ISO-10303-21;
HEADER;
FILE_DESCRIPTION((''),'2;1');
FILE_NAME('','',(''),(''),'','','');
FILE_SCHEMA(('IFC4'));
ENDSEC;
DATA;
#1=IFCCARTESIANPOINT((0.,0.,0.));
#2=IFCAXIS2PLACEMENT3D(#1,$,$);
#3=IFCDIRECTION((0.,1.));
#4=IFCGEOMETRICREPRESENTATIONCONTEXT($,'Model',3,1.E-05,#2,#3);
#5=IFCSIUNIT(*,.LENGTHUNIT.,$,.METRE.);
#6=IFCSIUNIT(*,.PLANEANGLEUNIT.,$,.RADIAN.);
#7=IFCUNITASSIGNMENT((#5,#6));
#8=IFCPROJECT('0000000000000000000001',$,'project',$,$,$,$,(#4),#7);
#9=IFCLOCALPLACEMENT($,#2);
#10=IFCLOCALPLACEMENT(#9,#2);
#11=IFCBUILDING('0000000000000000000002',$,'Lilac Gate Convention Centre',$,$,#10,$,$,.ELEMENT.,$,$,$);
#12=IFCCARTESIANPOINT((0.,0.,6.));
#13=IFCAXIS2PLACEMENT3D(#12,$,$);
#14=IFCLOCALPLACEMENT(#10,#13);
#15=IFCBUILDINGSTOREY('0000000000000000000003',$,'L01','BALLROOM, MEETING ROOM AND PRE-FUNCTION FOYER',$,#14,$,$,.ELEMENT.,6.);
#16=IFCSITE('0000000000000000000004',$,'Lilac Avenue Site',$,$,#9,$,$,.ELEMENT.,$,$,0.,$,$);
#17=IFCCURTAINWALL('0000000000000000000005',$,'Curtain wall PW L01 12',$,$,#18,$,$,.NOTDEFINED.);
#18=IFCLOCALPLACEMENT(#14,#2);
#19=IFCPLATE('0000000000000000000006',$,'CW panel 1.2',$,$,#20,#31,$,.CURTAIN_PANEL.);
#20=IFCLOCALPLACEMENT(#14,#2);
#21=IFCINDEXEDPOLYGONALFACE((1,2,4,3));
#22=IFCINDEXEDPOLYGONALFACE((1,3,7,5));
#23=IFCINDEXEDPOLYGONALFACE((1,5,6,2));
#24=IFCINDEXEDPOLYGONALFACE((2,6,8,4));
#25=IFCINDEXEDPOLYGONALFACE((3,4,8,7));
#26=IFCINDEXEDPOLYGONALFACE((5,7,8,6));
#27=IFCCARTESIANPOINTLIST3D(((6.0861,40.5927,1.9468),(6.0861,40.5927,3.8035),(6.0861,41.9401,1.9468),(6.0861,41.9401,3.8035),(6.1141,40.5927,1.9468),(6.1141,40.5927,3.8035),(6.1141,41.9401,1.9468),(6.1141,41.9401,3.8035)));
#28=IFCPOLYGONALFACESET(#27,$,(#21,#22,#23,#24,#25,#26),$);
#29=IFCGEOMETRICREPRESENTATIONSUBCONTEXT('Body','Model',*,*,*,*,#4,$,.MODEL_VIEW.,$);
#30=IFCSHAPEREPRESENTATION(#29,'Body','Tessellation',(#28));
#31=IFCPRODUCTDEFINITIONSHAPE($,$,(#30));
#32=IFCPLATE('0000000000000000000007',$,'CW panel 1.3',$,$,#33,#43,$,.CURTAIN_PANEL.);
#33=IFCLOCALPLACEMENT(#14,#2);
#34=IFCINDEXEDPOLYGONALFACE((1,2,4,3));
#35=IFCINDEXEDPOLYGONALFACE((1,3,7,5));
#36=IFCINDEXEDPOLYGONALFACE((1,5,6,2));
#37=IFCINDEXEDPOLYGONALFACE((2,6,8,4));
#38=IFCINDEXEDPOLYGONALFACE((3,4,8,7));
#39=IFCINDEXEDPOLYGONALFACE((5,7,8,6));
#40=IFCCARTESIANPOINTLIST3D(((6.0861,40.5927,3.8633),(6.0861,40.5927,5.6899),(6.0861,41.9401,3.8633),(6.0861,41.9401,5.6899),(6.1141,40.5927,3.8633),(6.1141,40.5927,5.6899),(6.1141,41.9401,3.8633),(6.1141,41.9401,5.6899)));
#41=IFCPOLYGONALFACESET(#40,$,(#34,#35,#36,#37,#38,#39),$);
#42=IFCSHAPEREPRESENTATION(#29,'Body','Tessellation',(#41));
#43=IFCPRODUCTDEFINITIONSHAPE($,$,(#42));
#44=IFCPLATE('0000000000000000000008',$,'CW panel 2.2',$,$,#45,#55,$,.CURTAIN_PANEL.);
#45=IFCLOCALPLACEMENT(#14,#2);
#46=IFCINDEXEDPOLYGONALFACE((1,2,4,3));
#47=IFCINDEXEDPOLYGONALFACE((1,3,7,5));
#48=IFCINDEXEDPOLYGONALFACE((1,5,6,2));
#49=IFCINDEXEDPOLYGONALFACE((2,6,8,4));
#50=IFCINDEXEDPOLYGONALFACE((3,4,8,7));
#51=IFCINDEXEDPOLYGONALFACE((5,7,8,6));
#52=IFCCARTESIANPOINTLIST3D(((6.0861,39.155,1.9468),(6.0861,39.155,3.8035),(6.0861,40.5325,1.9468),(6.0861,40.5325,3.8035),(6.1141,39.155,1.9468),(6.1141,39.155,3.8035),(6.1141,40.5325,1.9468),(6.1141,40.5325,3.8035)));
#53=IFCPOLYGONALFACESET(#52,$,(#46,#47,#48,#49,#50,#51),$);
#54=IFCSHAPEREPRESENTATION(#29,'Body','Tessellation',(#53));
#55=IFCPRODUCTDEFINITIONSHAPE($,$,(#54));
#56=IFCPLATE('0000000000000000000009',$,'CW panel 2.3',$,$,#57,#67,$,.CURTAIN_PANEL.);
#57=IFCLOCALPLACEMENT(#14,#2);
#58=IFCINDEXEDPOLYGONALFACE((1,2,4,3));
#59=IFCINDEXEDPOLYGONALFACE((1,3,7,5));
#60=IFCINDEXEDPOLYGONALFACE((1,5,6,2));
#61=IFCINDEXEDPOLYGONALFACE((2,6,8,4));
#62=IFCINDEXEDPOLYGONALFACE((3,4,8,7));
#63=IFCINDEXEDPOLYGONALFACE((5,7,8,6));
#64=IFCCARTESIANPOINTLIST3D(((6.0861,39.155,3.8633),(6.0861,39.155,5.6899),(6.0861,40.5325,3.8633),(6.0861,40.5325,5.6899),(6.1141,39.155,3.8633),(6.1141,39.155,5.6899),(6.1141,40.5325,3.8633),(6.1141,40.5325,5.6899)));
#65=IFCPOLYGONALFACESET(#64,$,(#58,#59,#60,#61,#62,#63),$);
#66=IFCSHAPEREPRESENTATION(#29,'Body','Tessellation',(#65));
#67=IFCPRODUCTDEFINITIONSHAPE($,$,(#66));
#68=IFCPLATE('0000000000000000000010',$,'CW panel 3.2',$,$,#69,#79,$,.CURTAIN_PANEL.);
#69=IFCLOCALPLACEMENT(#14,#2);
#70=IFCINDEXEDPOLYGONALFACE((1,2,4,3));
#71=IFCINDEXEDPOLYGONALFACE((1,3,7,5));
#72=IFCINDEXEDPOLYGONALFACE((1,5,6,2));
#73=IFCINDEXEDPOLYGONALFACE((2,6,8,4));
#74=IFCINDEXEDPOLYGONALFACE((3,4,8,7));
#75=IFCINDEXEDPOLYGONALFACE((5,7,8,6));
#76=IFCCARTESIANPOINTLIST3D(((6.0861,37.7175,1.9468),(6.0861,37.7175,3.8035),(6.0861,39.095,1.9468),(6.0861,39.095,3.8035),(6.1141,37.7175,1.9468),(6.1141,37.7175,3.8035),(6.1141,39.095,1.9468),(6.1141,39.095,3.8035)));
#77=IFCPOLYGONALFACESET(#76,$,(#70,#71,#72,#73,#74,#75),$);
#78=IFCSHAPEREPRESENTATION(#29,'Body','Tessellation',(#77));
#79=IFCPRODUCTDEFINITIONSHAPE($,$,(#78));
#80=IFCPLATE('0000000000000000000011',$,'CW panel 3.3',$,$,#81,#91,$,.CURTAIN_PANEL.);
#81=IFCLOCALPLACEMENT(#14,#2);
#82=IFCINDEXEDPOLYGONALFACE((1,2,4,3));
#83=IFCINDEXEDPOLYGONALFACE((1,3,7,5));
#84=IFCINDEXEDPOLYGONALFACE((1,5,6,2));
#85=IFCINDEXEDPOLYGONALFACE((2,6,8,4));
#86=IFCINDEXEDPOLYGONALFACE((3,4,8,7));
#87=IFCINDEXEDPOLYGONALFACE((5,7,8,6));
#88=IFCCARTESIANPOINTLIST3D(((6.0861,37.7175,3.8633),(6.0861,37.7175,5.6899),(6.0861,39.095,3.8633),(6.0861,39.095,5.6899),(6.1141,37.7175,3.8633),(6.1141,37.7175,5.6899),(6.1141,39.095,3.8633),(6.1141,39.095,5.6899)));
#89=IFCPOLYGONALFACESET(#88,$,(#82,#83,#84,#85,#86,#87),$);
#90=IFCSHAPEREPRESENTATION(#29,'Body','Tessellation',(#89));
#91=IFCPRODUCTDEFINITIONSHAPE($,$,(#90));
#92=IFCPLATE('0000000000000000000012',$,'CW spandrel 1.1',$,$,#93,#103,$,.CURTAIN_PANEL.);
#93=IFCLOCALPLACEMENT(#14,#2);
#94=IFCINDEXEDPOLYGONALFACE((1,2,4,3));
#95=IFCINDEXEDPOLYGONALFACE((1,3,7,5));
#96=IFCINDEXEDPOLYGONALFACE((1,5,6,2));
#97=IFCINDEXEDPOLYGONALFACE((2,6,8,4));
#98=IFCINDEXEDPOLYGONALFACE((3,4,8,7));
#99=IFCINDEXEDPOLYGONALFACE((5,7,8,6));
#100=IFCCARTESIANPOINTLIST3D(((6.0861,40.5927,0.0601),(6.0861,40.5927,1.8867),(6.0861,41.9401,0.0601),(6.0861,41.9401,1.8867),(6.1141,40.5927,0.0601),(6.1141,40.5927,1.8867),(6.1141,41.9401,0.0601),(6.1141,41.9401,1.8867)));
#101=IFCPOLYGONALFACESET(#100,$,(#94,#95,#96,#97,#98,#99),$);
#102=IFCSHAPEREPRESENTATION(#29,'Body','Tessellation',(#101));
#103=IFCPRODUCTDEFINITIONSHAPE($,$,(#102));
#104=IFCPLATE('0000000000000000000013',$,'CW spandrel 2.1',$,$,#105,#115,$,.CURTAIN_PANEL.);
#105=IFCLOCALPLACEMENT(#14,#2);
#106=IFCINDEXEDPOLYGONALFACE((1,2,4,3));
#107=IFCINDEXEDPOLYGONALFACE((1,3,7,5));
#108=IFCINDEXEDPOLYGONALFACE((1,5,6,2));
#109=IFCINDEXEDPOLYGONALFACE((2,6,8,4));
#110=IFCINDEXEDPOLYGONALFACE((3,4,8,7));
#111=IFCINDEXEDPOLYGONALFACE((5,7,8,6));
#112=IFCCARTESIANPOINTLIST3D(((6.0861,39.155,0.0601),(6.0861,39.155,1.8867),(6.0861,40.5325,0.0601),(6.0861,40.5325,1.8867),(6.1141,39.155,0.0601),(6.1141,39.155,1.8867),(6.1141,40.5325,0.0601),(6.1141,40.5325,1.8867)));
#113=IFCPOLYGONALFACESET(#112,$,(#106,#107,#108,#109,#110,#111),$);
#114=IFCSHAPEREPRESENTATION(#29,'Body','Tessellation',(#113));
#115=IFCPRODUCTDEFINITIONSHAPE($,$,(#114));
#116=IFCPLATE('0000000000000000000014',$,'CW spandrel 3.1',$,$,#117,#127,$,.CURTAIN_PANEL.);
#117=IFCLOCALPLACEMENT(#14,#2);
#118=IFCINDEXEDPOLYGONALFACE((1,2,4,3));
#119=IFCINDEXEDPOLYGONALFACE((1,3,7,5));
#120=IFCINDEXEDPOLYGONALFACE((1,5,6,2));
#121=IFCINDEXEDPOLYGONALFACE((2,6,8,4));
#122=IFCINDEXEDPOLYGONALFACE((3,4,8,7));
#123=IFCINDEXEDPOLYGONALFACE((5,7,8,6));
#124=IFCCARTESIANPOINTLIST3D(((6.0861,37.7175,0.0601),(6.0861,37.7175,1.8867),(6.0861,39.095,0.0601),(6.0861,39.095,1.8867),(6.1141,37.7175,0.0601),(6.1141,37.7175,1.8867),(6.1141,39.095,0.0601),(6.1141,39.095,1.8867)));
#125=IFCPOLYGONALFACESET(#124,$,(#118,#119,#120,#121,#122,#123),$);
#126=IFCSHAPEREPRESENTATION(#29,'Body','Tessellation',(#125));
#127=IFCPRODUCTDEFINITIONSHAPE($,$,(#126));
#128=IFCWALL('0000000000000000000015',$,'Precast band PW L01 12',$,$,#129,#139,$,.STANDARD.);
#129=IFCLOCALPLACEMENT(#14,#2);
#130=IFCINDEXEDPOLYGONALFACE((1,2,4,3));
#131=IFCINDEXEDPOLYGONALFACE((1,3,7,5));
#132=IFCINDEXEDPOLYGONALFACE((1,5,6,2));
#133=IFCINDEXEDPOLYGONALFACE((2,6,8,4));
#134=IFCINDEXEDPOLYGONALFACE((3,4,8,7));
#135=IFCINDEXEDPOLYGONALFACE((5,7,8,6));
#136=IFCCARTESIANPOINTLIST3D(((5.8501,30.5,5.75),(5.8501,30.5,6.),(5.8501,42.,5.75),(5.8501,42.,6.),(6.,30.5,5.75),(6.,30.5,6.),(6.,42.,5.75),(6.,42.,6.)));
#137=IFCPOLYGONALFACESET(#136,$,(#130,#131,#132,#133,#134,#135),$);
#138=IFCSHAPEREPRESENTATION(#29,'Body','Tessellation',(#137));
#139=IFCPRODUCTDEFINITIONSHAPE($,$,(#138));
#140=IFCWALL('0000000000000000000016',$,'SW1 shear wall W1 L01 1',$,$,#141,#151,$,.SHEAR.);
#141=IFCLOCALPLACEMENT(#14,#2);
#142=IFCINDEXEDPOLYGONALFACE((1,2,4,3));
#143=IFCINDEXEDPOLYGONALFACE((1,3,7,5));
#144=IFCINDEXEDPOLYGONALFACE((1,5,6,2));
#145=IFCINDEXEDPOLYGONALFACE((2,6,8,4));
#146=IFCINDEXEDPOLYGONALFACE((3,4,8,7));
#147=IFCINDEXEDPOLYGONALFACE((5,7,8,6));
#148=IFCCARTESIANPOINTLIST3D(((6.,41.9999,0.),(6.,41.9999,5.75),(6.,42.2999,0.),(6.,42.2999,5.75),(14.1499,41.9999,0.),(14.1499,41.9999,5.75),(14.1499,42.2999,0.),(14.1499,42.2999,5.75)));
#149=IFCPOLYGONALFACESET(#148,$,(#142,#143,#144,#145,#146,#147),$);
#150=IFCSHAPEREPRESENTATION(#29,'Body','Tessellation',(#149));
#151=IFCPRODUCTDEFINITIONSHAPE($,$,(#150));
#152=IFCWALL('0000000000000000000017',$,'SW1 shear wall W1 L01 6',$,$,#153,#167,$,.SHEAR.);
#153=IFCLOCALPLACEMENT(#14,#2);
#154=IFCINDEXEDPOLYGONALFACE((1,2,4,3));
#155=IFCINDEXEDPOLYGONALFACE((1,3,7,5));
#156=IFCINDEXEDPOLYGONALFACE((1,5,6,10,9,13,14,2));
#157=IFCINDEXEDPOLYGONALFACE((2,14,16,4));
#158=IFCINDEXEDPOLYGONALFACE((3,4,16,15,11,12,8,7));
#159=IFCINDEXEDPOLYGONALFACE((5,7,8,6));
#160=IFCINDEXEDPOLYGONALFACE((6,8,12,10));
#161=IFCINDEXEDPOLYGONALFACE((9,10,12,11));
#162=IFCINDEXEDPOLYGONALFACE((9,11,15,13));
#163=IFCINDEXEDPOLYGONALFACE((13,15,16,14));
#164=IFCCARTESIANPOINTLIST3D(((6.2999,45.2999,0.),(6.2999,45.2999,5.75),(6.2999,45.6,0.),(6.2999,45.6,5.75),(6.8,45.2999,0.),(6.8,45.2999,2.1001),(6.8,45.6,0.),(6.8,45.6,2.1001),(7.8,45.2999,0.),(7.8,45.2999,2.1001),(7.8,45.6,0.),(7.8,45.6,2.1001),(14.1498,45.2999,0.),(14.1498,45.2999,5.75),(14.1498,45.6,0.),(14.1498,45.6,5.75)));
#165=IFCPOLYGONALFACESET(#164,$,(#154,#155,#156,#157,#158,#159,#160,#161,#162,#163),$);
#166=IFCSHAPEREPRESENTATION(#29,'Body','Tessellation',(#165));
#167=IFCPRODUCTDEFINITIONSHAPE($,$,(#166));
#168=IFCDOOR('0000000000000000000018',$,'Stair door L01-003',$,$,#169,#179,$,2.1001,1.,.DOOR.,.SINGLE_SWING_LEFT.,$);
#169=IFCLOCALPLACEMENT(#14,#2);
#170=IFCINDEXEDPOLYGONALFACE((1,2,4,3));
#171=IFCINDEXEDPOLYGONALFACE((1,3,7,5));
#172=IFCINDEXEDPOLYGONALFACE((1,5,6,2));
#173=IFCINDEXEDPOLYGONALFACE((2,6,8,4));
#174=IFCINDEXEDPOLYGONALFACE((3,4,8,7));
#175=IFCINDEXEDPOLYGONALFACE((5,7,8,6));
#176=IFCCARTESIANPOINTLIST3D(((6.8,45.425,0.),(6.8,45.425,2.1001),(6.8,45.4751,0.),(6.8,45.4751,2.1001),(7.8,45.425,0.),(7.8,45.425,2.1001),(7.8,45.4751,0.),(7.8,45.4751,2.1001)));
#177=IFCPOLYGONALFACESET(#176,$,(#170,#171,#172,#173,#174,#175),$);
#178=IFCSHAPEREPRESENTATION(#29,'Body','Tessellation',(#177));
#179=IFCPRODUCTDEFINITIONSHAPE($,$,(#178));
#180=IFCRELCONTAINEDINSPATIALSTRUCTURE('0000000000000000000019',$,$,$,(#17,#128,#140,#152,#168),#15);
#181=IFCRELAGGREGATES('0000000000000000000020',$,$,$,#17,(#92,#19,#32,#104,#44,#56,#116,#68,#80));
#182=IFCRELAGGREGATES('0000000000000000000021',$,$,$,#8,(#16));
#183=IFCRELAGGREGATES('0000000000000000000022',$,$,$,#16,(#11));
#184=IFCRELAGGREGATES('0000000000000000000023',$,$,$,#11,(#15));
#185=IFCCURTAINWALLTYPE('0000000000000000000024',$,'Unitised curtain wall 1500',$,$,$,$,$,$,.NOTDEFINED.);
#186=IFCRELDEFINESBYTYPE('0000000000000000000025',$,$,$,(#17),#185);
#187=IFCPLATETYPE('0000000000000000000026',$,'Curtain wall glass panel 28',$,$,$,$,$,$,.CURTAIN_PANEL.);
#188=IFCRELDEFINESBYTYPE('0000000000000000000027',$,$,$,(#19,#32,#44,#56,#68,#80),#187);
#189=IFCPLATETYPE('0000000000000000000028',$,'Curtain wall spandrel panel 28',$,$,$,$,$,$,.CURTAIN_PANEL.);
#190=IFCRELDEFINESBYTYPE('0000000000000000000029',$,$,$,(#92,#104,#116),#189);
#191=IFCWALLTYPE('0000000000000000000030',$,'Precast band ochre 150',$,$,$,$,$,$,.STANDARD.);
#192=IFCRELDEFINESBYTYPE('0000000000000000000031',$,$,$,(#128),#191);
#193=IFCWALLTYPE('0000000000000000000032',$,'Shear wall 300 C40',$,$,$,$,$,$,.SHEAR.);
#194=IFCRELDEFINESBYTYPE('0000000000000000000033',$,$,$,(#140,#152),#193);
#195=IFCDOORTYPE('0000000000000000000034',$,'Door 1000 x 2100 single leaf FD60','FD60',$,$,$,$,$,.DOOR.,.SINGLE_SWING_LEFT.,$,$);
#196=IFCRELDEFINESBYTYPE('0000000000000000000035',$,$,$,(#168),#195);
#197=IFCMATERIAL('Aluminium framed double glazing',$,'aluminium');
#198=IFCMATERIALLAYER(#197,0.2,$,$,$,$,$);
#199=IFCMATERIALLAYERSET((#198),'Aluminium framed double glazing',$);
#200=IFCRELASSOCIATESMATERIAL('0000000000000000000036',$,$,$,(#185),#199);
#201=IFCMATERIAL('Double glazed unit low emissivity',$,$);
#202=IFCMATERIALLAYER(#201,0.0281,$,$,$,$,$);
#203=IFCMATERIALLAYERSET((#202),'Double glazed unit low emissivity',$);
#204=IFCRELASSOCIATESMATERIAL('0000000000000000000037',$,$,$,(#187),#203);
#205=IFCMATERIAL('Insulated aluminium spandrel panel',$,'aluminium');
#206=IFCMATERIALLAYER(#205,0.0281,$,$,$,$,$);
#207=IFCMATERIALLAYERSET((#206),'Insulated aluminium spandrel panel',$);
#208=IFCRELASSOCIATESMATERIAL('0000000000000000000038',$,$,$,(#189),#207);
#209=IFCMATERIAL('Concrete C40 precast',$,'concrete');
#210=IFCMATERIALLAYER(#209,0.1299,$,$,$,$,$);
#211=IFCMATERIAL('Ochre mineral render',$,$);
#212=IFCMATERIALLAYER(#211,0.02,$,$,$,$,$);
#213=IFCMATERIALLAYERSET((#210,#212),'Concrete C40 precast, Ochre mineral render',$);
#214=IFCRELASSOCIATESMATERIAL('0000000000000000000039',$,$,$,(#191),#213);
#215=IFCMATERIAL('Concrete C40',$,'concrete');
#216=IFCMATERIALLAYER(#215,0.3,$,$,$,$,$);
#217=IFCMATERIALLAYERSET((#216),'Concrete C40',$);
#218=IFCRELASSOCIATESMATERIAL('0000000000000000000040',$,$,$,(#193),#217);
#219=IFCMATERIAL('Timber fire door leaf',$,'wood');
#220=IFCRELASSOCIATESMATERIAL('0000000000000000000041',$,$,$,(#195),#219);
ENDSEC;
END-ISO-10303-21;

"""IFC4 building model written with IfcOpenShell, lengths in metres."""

from ifc_helpers import new_model, si_unit, direction, frame, frame_2d, origin, origin_2d, place, context, subcontext, project, spatial, rectangle, extrude, material, layer, layer_set, type_object, element, fill, aggregate, save


model = new_model("IFC4")

# Units and contexts
model_context = context("Model", 3, precision=1e-05, world=origin(), true_north=direction((0.0, 1.0)))
body_context = subcontext(model_context, "Body", "Model", "MODEL_VIEW")
ifc_project = project(units=[si_unit("LENGTHUNIT", "METRE"), si_unit("PLANEANGLEUNIT", "RADIAN")], contexts=[model_context])

# Site, building, storey
site_placement = place(None, origin())
site = spatial("IfcSite", under=ifc_project, at=site_placement, Name="Lilac Avenue Site", CompositionType="ELEMENT", RefElevation=0.0)
building_placement = place(site_placement, origin())
building = spatial("IfcBuilding", under=site, at=building_placement, Name="Lilac Gate Convention Centre", CompositionType="ELEMENT")
storey_placement = place(building_placement, frame((0.0, 0.0, 6.0)))
storey = spatial("IfcBuildingStorey", under=building, at=storey_placement, Name="L01", Description="BALLROOM, MEETING ROOM AND PRE-FUNCTION FOYER", CompositionType="ELEMENT", Elevation=6.0)

# Curtain wall, plates
ifc_material_1 = material(Name="Aluminium framed double glazing", Category="aluminium")
ifc_layer_1 = layer(ifc_material_1, 0.2)
ifc_layer_set_1 = layer_set([ifc_layer_1], Name="Aluminium framed double glazing")
curtain_wall_type = type_object("IfcCurtainWallType", Name="Unitised curtain wall 1500", PredefinedType="NOTDEFINED", material=ifc_layer_set_1)
curtain_wall_placement = place(storey_placement, origin())
curtain_wall = element("IfcCurtainWall", 1, at=curtain_wall_placement, inside=storey, type_object=curtain_wall_type, Name="Curtain wall PW L01 12", PredefinedType="NOTDEFINED")
ifc_material_2 = material(Name="Double glazed unit low emissivity")
ifc_layer_2 = layer(ifc_material_2, 0.0281)
ifc_layer_set_2 = layer_set([ifc_layer_2], Name="Double glazed unit low emissivity")
plate_type_1 = type_object("IfcPlateType", Name="Curtain wall glass panel 28", PredefinedType="CURTAIN_PANEL", material=ifc_layer_set_2)
plate_1_placement = place(storey_placement, frame((6.1001, 41.2664, 1.9468), z_axis=(0.0, 0.0, 1.0), x_axis=(0.0, -1.0, 0.0)))
plate_1 = element("IfcPlate", 2, at=plate_1_placement, type_object=plate_type_1, Name="CW panel 1.2", PredefinedType="CURTAIN_PANEL", context=body_context, shape_type="SweptSolid", body=[
    extrude(rectangle(XDim=1.3474, YDim=0.0281, at=origin_2d()), origin(), (0.0, 0.0, 1.0), 1.8567),
])
plate_2_placement = place(storey_placement, frame((6.1001, 41.2664, 3.8633), z_axis=(0.0, 0.0, 1.0), x_axis=(0.0, -1.0, 0.0)))
plate_2 = element("IfcPlate", 3, at=plate_2_placement, type_object=plate_type_1, Name="CW panel 1.3", PredefinedType="CURTAIN_PANEL", context=body_context, shape_type="SweptSolid", body=[
    extrude(rectangle(XDim=1.3474, YDim=0.0281, at=origin_2d()), origin(), (0.0, 0.0, 1.0), 1.8267),
])
plate_3_placement = place(storey_placement, frame((6.1001, 39.8438, 1.9468), z_axis=(0.0, 0.0, 1.0), x_axis=(0.0, -1.0, 0.0)))
plate_3 = element("IfcPlate", 4, at=plate_3_placement, type_object=plate_type_1, Name="CW panel 2.2", PredefinedType="CURTAIN_PANEL", context=body_context, shape_type="SweptSolid", body=[
    extrude(rectangle(XDim=1.3774, YDim=0.0281, at=origin_2d()), origin(), (0.0, 0.0, 1.0), 1.8567),
])
plate_4_placement = place(storey_placement, frame((6.1001, 39.8438, 3.8633), z_axis=(0.0, 0.0, 1.0), x_axis=(0.0, -1.0, 0.0)))
plate_4 = element("IfcPlate", 5, at=plate_4_placement, type_object=plate_type_1, Name="CW panel 2.3", PredefinedType="CURTAIN_PANEL", context=body_context, shape_type="SweptSolid", body=[
    extrude(rectangle(XDim=1.3774, YDim=0.0281, at=origin_2d()), origin(), (0.0, 0.0, 1.0), 1.8267),
])
plate_5_placement = place(storey_placement, frame((6.1001, 38.4062, 1.9468), z_axis=(0.0, 0.0, 1.0), x_axis=(0.0, -1.0, 0.0)))
plate_5 = element("IfcPlate", 6, at=plate_5_placement, type_object=plate_type_1, Name="CW panel 3.2", PredefinedType="CURTAIN_PANEL", context=body_context, shape_type="SweptSolid", body=[
    extrude(rectangle(XDim=1.3774, YDim=0.0281, at=origin_2d()), origin(), (0.0, 0.0, 1.0), 1.8567),
])
plate_6_placement = place(storey_placement, frame((6.1001, 38.4062, 3.8633), z_axis=(0.0, 0.0, 1.0), x_axis=(0.0, -1.0, 0.0)))
plate_6 = element("IfcPlate", 7, at=plate_6_placement, type_object=plate_type_1, Name="CW panel 3.3", PredefinedType="CURTAIN_PANEL", context=body_context, shape_type="SweptSolid", body=[
    extrude(rectangle(XDim=1.3774, YDim=0.0281, at=origin_2d()), origin(), (0.0, 0.0, 1.0), 1.8267),
])
ifc_material_3 = material(Name="Insulated aluminium spandrel panel", Category="aluminium")
ifc_layer_3 = layer(ifc_material_3, 0.0281)
ifc_layer_set_3 = layer_set([ifc_layer_3], Name="Insulated aluminium spandrel panel")
plate_type_2 = type_object("IfcPlateType", Name="Curtain wall spandrel panel 28", PredefinedType="CURTAIN_PANEL", material=ifc_layer_set_3)
plate_7_placement = place(storey_placement, frame((6.1001, 41.2664, 0.0601), z_axis=(0.0, 0.0, 1.0), x_axis=(0.0, -1.0, 0.0)))
plate_7 = element("IfcPlate", 8, at=plate_7_placement, type_object=plate_type_2, Name="CW spandrel 1.1", PredefinedType="CURTAIN_PANEL", context=body_context, shape_type="SweptSolid", body=[
    extrude(rectangle(XDim=1.3474, YDim=0.0281, at=origin_2d()), origin(), (0.0, 0.0, 1.0), 1.8267),
])
plate_8_placement = place(storey_placement, frame((6.1001, 39.8438, 0.0601), z_axis=(0.0, 0.0, 1.0), x_axis=(0.0, -1.0, 0.0)))
plate_8 = element("IfcPlate", 9, at=plate_8_placement, type_object=plate_type_2, Name="CW spandrel 2.1", PredefinedType="CURTAIN_PANEL", context=body_context, shape_type="SweptSolid", body=[
    extrude(rectangle(XDim=1.3774, YDim=0.0281, at=origin_2d()), origin(), (0.0, 0.0, 1.0), 1.8267),
])
plate_9_placement = place(storey_placement, frame((6.1001, 38.4062, 0.0601), z_axis=(0.0, 0.0, 1.0), x_axis=(0.0, -1.0, 0.0)))
plate_9 = element("IfcPlate", 10, at=plate_9_placement, type_object=plate_type_2, Name="CW spandrel 3.1", PredefinedType="CURTAIN_PANEL", context=body_context, shape_type="SweptSolid", body=[
    extrude(rectangle(XDim=1.3774, YDim=0.0281, at=origin_2d()), origin(), (0.0, 0.0, 1.0), 1.8267),
])
aggregate(curtain_wall, [plate_7, plate_1, plate_2, plate_8, plate_3, plate_4, plate_9, plate_5, plate_6])

# Walls
ifc_material_4 = material(Name="Concrete C40 precast", Category="concrete")
ifc_layer_4 = layer(ifc_material_4, 0.1299)
ifc_material_5 = material(Name="Ochre mineral render")
ifc_layer_5 = layer(ifc_material_5, 0.02)
ifc_layer_set_4 = layer_set([ifc_layer_4, ifc_layer_5], Name="Concrete C40 precast, Ochre mineral render")
wall_type_1 = type_object("IfcWallType", Name="Precast band ochre 150", PredefinedType="STANDARD", material=ifc_layer_set_4)
wall_1_placement = place(storey_placement, frame((5.925, 42.0, 5.75), z_axis=(0.0, 0.0, 1.0), x_axis=(0.0, -1.0, 0.0)))
element("IfcWall", 11, at=wall_1_placement, inside=storey, type_object=wall_type_1, Name="Precast band PW L01 12", PredefinedType="STANDARD", context=body_context, shape_type="SweptSolid", body=[
    extrude(rectangle(XDim=11.5, YDim=0.1499, at=frame_2d((5.75, 0.0))), origin(), (0.0, 0.0, 1.0), 0.25),
])
ifc_material_6 = material(Name="Concrete C40", Category="concrete")
ifc_layer_6 = layer(ifc_material_6, 0.3)
ifc_layer_set_5 = layer_set([ifc_layer_6], Name="Concrete C40")
wall_type_2 = type_object("IfcWallType", Name="Shear wall 300 C40", PredefinedType="SHEAR", material=ifc_layer_set_5)
wall_2_placement = place(storey_placement, frame((6.0, 42.1499, 0.0), z_axis=(0.0, 0.0, 1.0), x_axis=(1.0, 0.0, 0.0)))
element("IfcWall", 12, at=wall_2_placement, inside=storey, type_object=wall_type_2, Name="SW1 shear wall W1 L01 1", PredefinedType="SHEAR", context=body_context, shape_type="SweptSolid", body=[
    extrude(rectangle(XDim=8.1499, YDim=0.3, at=frame_2d((4.075, 0.0))), origin(), (0.0, 0.0, 1.0), 5.75),
])

# Wall, opening, door
wall_3_placement = place(storey_placement, frame((6.3, 45.45, 0.0), z_axis=(0.0, 0.0, 1.0), x_axis=(1.0, 0.0, 0.0)))
wall_3 = element("IfcWall", 13, at=wall_3_placement, inside=storey, type_object=wall_type_2, Name="SW1 shear wall W1 L01 6", PredefinedType="SHEAR", context=body_context, shape_type="SweptSolid", body=[
    extrude(rectangle(XDim=7.8499, YDim=0.3, at=frame_2d((3.9248, 0.0))), origin(), (0.0, 0.0, 1.0), 5.75),
])
opening_1_placement = place(wall_3_placement, frame((0.5, 0.0, 0.0)))
opening_1 = element("IfcOpeningElement", 14, at=opening_1_placement, cuts=wall_3, PredefinedType="OPENING", context=body_context, shape_type="SweptSolid", body=[
    extrude(rectangle(XDim=1.0, YDim=2.1001, at=frame_2d((0.5, 1.05))), frame((0.0, 0.1599, 0.0), z_axis=(0.0, -1.0, 0.0), x_axis=(1.0, 0.0, 0.0)), (0.0, 0.0, 1.0), 0.3201),
])
ifc_material_7 = material(Name="Timber fire door leaf", Category="wood")
door_type = type_object("IfcDoorType", Name="Door 1000 x 2100 single leaf FD60", Description="FD60", OperationType="SINGLE_SWING_LEFT", PredefinedType="DOOR", material=ifc_material_7)
door_1_placement = place(opening_1_placement, frame((1.0, 0.0, 0.0), z_axis=(0.0, 0.0, 1.0), x_axis=(-1.0, 0.0, 0.0)))
door_1 = element("IfcDoor", 15, at=door_1_placement, inside=storey, type_object=door_type, Name="Stair door L01-003", OperationType="SINGLE_SWING_LEFT", OverallHeight=2.1001, OverallWidth=1.0, PredefinedType="DOOR", context=body_context, shape_type="SweptSolid", body=[
    extrude(rectangle(XDim=1.0, YDim=2.1001, at=frame_2d((0.5, 1.05))), frame((0.0, 0.0249, 0.0), z_axis=(0.0, -1.0, 0.0), x_axis=(1.0, 0.0, 0.0)), (0.0, 0.0, 1.0), 0.05),
])
fill(opening_1, door_1)

save(model, "model.ifc")
